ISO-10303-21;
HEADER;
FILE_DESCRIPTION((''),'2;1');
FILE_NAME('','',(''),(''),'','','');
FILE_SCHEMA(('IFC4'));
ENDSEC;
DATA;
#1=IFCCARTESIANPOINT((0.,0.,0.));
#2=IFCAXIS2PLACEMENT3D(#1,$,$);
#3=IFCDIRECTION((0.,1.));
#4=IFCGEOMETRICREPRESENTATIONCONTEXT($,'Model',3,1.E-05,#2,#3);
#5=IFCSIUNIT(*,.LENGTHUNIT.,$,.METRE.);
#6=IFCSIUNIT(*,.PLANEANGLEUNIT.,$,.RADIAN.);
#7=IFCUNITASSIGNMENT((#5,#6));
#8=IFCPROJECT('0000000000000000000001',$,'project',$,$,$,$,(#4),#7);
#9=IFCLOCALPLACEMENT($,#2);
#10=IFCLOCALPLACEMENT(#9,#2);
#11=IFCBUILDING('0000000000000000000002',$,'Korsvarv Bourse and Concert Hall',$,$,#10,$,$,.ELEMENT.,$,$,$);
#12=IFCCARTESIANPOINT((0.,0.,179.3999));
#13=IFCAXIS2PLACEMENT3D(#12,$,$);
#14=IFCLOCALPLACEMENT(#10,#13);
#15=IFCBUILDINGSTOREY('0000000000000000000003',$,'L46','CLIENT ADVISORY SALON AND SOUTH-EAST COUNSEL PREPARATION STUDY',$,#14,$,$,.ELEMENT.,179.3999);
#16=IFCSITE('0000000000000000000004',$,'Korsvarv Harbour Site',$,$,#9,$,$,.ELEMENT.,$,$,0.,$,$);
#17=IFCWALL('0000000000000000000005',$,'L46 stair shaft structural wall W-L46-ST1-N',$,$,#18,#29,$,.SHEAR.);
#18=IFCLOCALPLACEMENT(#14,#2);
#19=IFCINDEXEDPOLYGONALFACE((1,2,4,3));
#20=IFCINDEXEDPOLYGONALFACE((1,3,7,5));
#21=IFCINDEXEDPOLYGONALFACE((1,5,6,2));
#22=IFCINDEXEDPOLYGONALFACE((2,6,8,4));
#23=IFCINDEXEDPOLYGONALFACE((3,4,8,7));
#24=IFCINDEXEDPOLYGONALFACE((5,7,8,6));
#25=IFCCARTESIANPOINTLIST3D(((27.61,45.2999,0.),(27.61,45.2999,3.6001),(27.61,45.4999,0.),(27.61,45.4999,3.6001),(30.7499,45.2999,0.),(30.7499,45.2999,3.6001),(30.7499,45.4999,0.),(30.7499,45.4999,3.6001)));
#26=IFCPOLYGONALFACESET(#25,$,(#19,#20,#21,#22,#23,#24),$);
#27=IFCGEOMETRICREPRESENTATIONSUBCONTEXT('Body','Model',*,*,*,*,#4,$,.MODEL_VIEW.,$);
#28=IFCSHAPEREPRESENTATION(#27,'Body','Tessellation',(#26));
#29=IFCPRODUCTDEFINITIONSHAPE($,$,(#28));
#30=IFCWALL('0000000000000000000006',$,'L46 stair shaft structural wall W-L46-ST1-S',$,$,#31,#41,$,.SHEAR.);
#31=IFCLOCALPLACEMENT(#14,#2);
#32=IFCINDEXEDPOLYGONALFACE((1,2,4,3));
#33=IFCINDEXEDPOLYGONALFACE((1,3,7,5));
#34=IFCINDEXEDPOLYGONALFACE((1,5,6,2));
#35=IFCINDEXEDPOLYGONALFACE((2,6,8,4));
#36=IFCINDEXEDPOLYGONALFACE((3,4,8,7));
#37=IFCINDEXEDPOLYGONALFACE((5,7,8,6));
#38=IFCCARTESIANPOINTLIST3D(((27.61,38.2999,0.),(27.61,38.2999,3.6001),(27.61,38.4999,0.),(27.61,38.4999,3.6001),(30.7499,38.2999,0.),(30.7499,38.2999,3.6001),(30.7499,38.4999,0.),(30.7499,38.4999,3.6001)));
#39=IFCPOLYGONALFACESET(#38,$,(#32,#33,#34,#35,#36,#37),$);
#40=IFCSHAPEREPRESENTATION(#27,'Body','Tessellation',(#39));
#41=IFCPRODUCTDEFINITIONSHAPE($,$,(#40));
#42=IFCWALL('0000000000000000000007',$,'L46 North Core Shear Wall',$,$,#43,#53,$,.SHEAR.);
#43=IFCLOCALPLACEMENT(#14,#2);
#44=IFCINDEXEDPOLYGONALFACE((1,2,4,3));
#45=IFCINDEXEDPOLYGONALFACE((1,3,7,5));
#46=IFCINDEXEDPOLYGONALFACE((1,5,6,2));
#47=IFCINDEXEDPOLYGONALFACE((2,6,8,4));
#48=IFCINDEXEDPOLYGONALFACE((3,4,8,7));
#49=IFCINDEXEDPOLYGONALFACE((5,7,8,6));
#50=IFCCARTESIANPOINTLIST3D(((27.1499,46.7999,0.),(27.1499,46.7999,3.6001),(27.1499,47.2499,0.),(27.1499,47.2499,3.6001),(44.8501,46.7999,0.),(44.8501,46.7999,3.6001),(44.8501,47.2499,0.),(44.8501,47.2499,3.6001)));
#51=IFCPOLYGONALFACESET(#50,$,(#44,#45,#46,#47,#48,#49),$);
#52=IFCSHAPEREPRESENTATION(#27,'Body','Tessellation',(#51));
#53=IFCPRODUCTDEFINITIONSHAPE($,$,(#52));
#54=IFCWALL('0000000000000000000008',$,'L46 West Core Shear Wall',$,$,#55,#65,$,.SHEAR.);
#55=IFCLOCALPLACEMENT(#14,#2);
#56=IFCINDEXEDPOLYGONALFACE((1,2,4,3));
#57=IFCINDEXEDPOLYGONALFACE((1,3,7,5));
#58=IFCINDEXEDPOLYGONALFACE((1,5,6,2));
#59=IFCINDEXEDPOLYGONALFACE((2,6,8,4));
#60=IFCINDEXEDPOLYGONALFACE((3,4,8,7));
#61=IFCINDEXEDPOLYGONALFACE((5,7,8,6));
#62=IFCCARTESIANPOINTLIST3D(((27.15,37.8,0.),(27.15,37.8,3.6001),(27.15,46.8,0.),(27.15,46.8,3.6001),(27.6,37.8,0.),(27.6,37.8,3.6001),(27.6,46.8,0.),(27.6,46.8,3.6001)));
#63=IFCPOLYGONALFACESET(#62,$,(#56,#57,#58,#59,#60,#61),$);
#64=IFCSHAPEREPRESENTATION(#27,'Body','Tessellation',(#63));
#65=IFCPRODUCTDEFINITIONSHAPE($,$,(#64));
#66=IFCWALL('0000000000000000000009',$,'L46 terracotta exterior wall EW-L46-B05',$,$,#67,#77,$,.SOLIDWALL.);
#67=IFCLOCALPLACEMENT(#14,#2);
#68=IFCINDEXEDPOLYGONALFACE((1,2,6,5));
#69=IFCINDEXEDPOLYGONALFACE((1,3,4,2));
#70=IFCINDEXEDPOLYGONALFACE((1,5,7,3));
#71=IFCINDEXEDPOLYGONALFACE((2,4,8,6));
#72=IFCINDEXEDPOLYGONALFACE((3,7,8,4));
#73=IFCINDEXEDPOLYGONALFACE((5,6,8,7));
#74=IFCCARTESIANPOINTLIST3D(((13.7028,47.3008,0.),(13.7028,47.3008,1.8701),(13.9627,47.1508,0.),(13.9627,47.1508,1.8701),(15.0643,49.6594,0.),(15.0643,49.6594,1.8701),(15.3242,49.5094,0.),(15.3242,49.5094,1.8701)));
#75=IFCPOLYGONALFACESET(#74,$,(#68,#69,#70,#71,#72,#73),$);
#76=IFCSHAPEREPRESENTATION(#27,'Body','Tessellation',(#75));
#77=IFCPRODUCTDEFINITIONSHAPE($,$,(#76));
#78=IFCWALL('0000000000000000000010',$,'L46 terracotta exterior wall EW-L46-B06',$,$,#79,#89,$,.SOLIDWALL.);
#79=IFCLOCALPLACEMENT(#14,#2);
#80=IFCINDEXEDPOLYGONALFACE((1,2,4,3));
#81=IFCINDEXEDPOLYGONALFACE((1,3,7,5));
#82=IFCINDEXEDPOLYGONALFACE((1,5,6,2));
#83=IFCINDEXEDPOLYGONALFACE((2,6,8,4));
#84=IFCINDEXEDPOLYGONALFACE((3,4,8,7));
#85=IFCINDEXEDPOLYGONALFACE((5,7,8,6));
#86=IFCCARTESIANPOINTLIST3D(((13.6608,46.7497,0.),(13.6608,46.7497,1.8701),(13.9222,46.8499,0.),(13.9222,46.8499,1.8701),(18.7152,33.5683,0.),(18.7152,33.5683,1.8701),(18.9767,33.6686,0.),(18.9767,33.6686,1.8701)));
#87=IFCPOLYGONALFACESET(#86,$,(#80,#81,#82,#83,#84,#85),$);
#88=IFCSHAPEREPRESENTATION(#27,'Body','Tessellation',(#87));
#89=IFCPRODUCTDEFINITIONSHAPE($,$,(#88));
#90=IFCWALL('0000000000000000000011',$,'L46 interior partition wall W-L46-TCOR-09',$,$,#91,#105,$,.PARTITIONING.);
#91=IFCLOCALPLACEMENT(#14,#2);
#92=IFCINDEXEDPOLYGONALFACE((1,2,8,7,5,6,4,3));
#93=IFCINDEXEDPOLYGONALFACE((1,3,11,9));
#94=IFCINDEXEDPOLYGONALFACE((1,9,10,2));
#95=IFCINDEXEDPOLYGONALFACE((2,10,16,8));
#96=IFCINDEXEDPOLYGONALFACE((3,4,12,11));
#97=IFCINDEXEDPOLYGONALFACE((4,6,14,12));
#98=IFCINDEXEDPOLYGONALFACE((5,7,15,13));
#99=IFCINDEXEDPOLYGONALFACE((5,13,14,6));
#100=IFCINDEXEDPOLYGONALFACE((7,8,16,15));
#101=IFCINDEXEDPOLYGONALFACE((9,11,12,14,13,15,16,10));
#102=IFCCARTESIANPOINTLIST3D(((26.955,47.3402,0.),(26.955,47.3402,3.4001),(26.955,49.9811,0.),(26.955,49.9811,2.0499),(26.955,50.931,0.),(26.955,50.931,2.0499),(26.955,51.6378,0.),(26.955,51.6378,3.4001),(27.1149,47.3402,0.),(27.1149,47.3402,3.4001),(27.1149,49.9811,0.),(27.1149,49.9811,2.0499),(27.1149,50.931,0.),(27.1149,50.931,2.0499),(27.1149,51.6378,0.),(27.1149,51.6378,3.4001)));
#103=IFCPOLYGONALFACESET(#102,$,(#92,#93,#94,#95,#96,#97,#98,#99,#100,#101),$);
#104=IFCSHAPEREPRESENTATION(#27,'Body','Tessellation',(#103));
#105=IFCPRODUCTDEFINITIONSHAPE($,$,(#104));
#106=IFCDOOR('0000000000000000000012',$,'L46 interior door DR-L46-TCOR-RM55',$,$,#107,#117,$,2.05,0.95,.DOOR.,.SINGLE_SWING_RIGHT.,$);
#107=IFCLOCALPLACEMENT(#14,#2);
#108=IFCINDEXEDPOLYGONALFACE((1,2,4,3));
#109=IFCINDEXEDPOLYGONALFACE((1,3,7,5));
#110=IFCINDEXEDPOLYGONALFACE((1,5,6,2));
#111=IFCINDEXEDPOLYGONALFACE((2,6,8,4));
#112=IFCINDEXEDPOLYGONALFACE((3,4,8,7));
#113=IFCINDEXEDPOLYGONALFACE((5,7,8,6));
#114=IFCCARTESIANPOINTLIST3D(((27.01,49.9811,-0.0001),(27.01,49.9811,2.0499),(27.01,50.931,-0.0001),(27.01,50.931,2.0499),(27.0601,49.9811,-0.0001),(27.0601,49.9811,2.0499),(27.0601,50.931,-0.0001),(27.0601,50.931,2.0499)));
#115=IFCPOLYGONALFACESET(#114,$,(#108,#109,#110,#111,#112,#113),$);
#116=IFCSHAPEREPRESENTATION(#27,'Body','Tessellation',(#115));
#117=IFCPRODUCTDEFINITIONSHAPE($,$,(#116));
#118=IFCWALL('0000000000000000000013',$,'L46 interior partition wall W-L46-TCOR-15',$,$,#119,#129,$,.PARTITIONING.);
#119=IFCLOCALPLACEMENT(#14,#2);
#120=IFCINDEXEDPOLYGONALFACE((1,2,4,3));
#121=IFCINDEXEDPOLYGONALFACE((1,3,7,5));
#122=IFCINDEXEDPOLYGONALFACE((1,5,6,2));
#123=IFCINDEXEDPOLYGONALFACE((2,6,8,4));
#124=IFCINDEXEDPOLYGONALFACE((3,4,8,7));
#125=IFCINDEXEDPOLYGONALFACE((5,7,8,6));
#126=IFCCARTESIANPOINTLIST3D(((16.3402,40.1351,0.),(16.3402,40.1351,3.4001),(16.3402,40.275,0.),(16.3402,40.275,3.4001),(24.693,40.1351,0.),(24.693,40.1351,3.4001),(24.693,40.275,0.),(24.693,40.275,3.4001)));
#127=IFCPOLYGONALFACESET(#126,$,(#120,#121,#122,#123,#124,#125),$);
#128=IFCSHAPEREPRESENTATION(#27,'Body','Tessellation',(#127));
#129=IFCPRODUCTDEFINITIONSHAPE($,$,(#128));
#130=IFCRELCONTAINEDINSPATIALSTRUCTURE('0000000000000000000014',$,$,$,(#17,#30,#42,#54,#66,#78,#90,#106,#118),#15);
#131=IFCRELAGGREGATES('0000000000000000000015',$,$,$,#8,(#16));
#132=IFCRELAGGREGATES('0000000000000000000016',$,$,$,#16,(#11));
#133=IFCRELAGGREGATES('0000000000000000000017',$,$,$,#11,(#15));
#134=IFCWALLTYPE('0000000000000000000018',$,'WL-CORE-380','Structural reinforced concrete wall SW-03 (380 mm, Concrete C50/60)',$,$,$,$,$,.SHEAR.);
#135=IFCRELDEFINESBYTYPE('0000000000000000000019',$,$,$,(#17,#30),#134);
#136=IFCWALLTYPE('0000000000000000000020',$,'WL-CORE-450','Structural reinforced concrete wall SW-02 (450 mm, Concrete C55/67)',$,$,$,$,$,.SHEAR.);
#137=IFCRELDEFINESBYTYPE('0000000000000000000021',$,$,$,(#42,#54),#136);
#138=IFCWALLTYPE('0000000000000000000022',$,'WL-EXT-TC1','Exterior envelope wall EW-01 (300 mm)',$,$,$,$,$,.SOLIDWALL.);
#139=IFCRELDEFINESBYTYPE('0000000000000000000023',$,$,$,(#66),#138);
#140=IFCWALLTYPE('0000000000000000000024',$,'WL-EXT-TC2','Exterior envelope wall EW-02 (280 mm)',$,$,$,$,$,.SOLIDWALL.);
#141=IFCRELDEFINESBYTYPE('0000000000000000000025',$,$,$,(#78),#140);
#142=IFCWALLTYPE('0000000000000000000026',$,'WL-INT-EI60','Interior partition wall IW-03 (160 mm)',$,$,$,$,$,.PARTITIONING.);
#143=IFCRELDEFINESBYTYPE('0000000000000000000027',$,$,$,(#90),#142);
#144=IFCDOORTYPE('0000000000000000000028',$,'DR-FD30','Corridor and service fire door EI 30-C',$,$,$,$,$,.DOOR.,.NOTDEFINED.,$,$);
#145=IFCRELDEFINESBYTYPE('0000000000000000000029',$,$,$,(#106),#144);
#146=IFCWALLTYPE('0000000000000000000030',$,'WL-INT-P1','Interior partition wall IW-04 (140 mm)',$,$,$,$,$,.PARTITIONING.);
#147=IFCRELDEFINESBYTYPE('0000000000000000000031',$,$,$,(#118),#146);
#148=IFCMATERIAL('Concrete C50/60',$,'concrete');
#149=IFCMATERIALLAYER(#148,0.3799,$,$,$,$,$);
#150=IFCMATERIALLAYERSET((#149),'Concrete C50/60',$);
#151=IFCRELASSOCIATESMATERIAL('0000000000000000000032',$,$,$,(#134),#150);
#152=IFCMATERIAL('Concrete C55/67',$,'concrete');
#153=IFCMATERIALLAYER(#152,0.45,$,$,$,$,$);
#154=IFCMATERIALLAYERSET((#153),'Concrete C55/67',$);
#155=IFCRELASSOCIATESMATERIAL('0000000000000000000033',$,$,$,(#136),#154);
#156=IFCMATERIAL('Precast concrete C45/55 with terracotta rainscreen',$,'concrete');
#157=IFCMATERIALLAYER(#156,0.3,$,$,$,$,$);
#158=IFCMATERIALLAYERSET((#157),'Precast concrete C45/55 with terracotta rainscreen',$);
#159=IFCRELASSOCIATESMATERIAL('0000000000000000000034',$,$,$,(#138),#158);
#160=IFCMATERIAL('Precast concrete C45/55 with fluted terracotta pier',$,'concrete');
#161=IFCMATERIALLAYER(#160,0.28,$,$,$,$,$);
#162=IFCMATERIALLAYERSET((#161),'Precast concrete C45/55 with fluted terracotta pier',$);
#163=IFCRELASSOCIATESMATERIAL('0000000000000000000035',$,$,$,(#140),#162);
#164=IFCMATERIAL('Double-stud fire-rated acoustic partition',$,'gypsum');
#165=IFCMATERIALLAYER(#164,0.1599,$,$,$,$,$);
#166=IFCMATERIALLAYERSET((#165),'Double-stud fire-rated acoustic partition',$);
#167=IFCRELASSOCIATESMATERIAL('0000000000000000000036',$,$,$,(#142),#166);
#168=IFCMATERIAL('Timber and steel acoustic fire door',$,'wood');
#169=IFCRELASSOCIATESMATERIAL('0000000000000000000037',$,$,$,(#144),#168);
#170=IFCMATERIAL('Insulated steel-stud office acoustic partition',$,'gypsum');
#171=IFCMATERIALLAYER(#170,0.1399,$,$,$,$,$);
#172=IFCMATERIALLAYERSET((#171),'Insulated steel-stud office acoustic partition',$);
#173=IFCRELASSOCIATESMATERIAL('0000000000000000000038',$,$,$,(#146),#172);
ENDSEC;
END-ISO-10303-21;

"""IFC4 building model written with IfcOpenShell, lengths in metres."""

from ifc_helpers import new_model, si_unit, direction, frame, frame_2d, origin, place, context, subcontext, project, spatial, rectangle, extrude, material, layer, layer_set, type_object, element, fill, save


model = new_model("IFC4")

# Units and contexts
model_context = context("Model", 3, precision=1e-05, world=origin(), true_north=direction((0.0, 1.0)))
body_context = subcontext(model_context, "Body", "Model", "MODEL_VIEW")
ifc_project = project(units=[si_unit("LENGTHUNIT", "METRE"), si_unit("PLANEANGLEUNIT", "RADIAN")], contexts=[model_context])

# Site, building, storey
site_placement = place(None, origin())
site = spatial("IfcSite", under=ifc_project, at=site_placement, Name="Korsvarv Harbour Site", CompositionType="ELEMENT", RefElevation=0.0)
building_placement = place(site_placement, origin())
building = spatial("IfcBuilding", under=site, at=building_placement, Name="Korsvarv Bourse and Concert Hall", CompositionType="ELEMENT")
storey_placement = place(building_placement, frame((0.0, 0.0, 179.3999)))
storey = spatial("IfcBuildingStorey", under=building, at=storey_placement, Name="L46", Description="CLIENT ADVISORY SALON AND SOUTH-EAST COUNSEL PREPARATION STUDY", CompositionType="ELEMENT", Elevation=179.3999)

# Shared definitions
ifc_material_1 = material(Name="Concrete C55/67", Category="concrete")

# Shared definitions
ifc_material_2 = material(Name="Concrete C50/60", Category="concrete")

# Walls
ifc_layer_1 = layer(ifc_material_2, 0.3799)
ifc_layer_set_1 = layer_set([ifc_layer_1], Name="Concrete C50/60")
wall_type_1 = type_object("IfcWallType", Name="WL-CORE-380", Description="Structural reinforced concrete wall SW-03 (380 mm, Concrete C50/60)", PredefinedType="SHEAR", material=ifc_layer_set_1)
for number, where, z_axis, x_axis, name in (
    (1, (27.6101, 45.3999, 0.0), (0.0, 0.0, 1.0), (1.0, 0.0, 0.0), "L46 stair shaft structural wall W-L46-ST1-N"),
    (2, (27.6101, 38.3999, 0.0), (0.0, 0.0, 1.0), (1.0, 0.0, 0.0), "L46 stair shaft structural wall W-L46-ST1-S"),
):
    element("IfcWall", number, at=place(storey_placement, frame(where, z_axis=z_axis, x_axis=x_axis)), inside=storey, type_object=wall_type_1, Name=name, PredefinedType="SHEAR", context=body_context, shape_type="SweptSolid", body=[
        extrude(rectangle(XDim=3.1399, YDim=0.2, at=frame_2d((1.5698, 0.0))), origin(), (0.0, 0.0, 1.0), 3.6001),
    ])
ifc_layer_2 = layer(ifc_material_1, 0.45)
ifc_layer_set_2 = layer_set([ifc_layer_2], Name="Concrete C55/67")
wall_type_2 = type_object("IfcWallType", Name="WL-CORE-450", Description="Structural reinforced concrete wall SW-02 (450 mm, Concrete C55/67)", PredefinedType="SHEAR", material=ifc_layer_set_2)
wall_1_placement = place(storey_placement, frame((27.1499, 47.0249, 0.0), z_axis=(0.0, 0.0, 1.0), x_axis=(1.0, 0.0, 0.0)))
element("IfcWall", 3, at=wall_1_placement, inside=storey, type_object=wall_type_2, Name="L46 North Core Shear Wall", PredefinedType="SHEAR", context=body_context, shape_type="SweptSolid", body=[
    extrude(rectangle(XDim=17.7002, YDim=0.45, at=frame_2d((8.8501, 0.0))), origin(), (0.0, 0.0, 1.0), 3.6001),
])
wall_2_placement = place(storey_placement, frame((27.375, 37.8, 0.0), z_axis=(0.0, 0.0, 1.0), x_axis=(0.0, 1.0, 0.0)))
element("IfcWall", 4, at=wall_2_placement, inside=storey, type_object=wall_type_2, Name="L46 West Core Shear Wall", PredefinedType="SHEAR", context=body_context, shape_type="SweptSolid", body=[
    extrude(rectangle(XDim=9.0, YDim=0.45, at=frame_2d((4.5, 0.0))), origin(), (0.0, 0.0, 1.0), 3.6001),
])
ifc_material_3 = material(Name="Precast concrete C45/55 with terracotta rainscreen", Category="concrete")
ifc_layer_3 = layer(ifc_material_3, 0.3)
ifc_layer_set_3 = layer_set([ifc_layer_3], Name="Precast concrete C45/55 with terracotta rainscreen")
wall_type_3 = type_object("IfcWallType", Name="WL-EXT-TC1", Description="Exterior envelope wall EW-01 (300 mm)", PredefinedType="SOLIDWALL", material=ifc_layer_set_3)
wall_3_placement = place(storey_placement, frame((15.1943, 49.5845, 0.0), z_axis=(0.0, 0.0, 1.0), x_axis=(-0.499947, -0.866056, 0.0)))
element("IfcWall", 5, at=wall_3_placement, inside=storey, type_object=wall_type_3, Name="L46 terracotta exterior wall EW-L46-B05", PredefinedType="SOLIDWALL", context=body_context, shape_type="SweptSolid", body=[
    extrude(rectangle(XDim=2.7234, YDim=0.3, at=frame_2d((1.3618, 0.0))), origin(), (0.0, 0.0, 1.0), 1.8701),
])
ifc_material_4 = material(Name="Precast concrete C45/55 with fluted terracotta pier", Category="concrete")
ifc_layer_4 = layer(ifc_material_4, 0.28)
ifc_layer_set_4 = layer_set([ifc_layer_4], Name="Precast concrete C45/55 with fluted terracotta pier")
wall_type_4 = type_object("IfcWallType", Name="WL-EXT-TC2", Description="Exterior envelope wall EW-02 (280 mm)", PredefinedType="SOLIDWALL", material=ifc_layer_set_4)
wall_4_placement = place(storey_placement, frame((13.7915, 46.7998, 0.0), z_axis=(0.0, 0.0, 1.0), x_axis=(0.358033, -0.933709, 0.0)))
element("IfcWall", 6, at=wall_4_placement, inside=storey, type_object=wall_type_4, Name="L46 terracotta exterior wall EW-L46-B06", PredefinedType="SOLIDWALL", context=body_context, shape_type="SweptSolid", body=[
    extrude(rectangle(XDim=14.1172, YDim=0.28, at=frame_2d((7.0586, 0.0))), origin(), (0.0, 0.0, 1.0), 1.8701),
])

# Wall, opening, door
ifc_material_5 = material(Name="Double-stud fire-rated acoustic partition", Category="gypsum")
ifc_layer_5 = layer(ifc_material_5, 0.1599)
ifc_layer_set_5 = layer_set([ifc_layer_5], Name="Double-stud fire-rated acoustic partition")
wall_type_5 = type_object("IfcWallType", Name="WL-INT-EI60", Description="Interior partition wall IW-03 (160 mm)", PredefinedType="PARTITIONING", material=ifc_layer_set_5)
wall_5_placement = place(storey_placement, frame((27.0349, 47.3401, 0.0), z_axis=(0.0, 0.0, 1.0), x_axis=(0.0, 1.0, 0.0)))
wall_5 = element("IfcWall", 7, at=wall_5_placement, inside=storey, type_object=wall_type_5, Name="L46 interior partition wall W-L46-TCOR-09", PredefinedType="PARTITIONING", context=body_context, shape_type="SweptSolid", body=[
    extrude(rectangle(XDim=4.2976, YDim=0.1599, at=frame_2d((2.1489, 0.0))), origin(), (0.0, 0.0, 1.0), 3.4001),
])
opening_placement = place(wall_5_placement, frame((2.6409, 0.0, 0.0)))
opening = element("IfcOpeningElement", 8, at=opening_placement, cuts=wall_5, PredefinedType="OPENING", context=body_context, shape_type="SweptSolid", body=[
    extrude(rectangle(XDim=0.95, YDim=2.05, at=frame_2d((0.4751, 1.0249))), frame((0.0, 0.0898, 0.0), z_axis=(0.0, -1.0, 0.0), x_axis=(1.0, 0.0, 0.0)), (0.0, 0.0, 1.0), 0.1799),
])
ifc_material_6 = material(Name="Timber and steel acoustic fire door", Category="wood")
door_type = type_object("IfcDoorType", Name="DR-FD30", Description="Corridor and service fire door EI 30-C", OperationType="NOTDEFINED", PredefinedType="DOOR", material=ifc_material_6)
door_placement = place(opening_placement, origin())
door = element("IfcDoor", 9, at=door_placement, inside=storey, type_object=door_type, Name="L46 interior door DR-L46-TCOR-RM55", OperationType="SINGLE_SWING_RIGHT", OverallHeight=2.05, OverallWidth=0.95, PredefinedType="DOOR", context=body_context, shape_type="SweptSolid", body=[
    extrude(rectangle(XDim=0.95, YDim=2.05, at=frame_2d((0.4751, 1.0249))), frame((0.0, 0.0249, 0.0), z_axis=(0.0, -1.0, 0.0), x_axis=(1.0, 0.0, 0.0)), (0.0, 0.0, 1.0), 0.05),
])
fill(opening, door)

# Wall
ifc_material_7 = material(Name="Insulated steel-stud office acoustic partition", Category="gypsum")
ifc_layer_6 = layer(ifc_material_7, 0.1399)
ifc_layer_set_6 = layer_set([ifc_layer_6], Name="Insulated steel-stud office acoustic partition")
wall_type_6 = type_object("IfcWallType", Name="WL-INT-P1", Description="Interior partition wall IW-04 (140 mm)", PredefinedType="PARTITIONING", material=ifc_layer_set_6)
wall_6_placement = place(storey_placement, frame((16.3403, 40.2051, 0.0), z_axis=(0.0, 0.0, 1.0), x_axis=(1.0, 0.0, 0.0)))
element("IfcWall", 10, at=wall_6_placement, inside=storey, type_object=wall_type_6, Name="L46 interior partition wall W-L46-TCOR-15", PredefinedType="PARTITIONING", context=body_context, shape_type="SweptSolid", body=[
    extrude(rectangle(XDim=8.3528, YDim=0.1399, at=frame_2d((4.1763, 0.0))), origin(), (0.0, 0.0, 1.0), 3.4001),
])

save(model, "model.ifc")
